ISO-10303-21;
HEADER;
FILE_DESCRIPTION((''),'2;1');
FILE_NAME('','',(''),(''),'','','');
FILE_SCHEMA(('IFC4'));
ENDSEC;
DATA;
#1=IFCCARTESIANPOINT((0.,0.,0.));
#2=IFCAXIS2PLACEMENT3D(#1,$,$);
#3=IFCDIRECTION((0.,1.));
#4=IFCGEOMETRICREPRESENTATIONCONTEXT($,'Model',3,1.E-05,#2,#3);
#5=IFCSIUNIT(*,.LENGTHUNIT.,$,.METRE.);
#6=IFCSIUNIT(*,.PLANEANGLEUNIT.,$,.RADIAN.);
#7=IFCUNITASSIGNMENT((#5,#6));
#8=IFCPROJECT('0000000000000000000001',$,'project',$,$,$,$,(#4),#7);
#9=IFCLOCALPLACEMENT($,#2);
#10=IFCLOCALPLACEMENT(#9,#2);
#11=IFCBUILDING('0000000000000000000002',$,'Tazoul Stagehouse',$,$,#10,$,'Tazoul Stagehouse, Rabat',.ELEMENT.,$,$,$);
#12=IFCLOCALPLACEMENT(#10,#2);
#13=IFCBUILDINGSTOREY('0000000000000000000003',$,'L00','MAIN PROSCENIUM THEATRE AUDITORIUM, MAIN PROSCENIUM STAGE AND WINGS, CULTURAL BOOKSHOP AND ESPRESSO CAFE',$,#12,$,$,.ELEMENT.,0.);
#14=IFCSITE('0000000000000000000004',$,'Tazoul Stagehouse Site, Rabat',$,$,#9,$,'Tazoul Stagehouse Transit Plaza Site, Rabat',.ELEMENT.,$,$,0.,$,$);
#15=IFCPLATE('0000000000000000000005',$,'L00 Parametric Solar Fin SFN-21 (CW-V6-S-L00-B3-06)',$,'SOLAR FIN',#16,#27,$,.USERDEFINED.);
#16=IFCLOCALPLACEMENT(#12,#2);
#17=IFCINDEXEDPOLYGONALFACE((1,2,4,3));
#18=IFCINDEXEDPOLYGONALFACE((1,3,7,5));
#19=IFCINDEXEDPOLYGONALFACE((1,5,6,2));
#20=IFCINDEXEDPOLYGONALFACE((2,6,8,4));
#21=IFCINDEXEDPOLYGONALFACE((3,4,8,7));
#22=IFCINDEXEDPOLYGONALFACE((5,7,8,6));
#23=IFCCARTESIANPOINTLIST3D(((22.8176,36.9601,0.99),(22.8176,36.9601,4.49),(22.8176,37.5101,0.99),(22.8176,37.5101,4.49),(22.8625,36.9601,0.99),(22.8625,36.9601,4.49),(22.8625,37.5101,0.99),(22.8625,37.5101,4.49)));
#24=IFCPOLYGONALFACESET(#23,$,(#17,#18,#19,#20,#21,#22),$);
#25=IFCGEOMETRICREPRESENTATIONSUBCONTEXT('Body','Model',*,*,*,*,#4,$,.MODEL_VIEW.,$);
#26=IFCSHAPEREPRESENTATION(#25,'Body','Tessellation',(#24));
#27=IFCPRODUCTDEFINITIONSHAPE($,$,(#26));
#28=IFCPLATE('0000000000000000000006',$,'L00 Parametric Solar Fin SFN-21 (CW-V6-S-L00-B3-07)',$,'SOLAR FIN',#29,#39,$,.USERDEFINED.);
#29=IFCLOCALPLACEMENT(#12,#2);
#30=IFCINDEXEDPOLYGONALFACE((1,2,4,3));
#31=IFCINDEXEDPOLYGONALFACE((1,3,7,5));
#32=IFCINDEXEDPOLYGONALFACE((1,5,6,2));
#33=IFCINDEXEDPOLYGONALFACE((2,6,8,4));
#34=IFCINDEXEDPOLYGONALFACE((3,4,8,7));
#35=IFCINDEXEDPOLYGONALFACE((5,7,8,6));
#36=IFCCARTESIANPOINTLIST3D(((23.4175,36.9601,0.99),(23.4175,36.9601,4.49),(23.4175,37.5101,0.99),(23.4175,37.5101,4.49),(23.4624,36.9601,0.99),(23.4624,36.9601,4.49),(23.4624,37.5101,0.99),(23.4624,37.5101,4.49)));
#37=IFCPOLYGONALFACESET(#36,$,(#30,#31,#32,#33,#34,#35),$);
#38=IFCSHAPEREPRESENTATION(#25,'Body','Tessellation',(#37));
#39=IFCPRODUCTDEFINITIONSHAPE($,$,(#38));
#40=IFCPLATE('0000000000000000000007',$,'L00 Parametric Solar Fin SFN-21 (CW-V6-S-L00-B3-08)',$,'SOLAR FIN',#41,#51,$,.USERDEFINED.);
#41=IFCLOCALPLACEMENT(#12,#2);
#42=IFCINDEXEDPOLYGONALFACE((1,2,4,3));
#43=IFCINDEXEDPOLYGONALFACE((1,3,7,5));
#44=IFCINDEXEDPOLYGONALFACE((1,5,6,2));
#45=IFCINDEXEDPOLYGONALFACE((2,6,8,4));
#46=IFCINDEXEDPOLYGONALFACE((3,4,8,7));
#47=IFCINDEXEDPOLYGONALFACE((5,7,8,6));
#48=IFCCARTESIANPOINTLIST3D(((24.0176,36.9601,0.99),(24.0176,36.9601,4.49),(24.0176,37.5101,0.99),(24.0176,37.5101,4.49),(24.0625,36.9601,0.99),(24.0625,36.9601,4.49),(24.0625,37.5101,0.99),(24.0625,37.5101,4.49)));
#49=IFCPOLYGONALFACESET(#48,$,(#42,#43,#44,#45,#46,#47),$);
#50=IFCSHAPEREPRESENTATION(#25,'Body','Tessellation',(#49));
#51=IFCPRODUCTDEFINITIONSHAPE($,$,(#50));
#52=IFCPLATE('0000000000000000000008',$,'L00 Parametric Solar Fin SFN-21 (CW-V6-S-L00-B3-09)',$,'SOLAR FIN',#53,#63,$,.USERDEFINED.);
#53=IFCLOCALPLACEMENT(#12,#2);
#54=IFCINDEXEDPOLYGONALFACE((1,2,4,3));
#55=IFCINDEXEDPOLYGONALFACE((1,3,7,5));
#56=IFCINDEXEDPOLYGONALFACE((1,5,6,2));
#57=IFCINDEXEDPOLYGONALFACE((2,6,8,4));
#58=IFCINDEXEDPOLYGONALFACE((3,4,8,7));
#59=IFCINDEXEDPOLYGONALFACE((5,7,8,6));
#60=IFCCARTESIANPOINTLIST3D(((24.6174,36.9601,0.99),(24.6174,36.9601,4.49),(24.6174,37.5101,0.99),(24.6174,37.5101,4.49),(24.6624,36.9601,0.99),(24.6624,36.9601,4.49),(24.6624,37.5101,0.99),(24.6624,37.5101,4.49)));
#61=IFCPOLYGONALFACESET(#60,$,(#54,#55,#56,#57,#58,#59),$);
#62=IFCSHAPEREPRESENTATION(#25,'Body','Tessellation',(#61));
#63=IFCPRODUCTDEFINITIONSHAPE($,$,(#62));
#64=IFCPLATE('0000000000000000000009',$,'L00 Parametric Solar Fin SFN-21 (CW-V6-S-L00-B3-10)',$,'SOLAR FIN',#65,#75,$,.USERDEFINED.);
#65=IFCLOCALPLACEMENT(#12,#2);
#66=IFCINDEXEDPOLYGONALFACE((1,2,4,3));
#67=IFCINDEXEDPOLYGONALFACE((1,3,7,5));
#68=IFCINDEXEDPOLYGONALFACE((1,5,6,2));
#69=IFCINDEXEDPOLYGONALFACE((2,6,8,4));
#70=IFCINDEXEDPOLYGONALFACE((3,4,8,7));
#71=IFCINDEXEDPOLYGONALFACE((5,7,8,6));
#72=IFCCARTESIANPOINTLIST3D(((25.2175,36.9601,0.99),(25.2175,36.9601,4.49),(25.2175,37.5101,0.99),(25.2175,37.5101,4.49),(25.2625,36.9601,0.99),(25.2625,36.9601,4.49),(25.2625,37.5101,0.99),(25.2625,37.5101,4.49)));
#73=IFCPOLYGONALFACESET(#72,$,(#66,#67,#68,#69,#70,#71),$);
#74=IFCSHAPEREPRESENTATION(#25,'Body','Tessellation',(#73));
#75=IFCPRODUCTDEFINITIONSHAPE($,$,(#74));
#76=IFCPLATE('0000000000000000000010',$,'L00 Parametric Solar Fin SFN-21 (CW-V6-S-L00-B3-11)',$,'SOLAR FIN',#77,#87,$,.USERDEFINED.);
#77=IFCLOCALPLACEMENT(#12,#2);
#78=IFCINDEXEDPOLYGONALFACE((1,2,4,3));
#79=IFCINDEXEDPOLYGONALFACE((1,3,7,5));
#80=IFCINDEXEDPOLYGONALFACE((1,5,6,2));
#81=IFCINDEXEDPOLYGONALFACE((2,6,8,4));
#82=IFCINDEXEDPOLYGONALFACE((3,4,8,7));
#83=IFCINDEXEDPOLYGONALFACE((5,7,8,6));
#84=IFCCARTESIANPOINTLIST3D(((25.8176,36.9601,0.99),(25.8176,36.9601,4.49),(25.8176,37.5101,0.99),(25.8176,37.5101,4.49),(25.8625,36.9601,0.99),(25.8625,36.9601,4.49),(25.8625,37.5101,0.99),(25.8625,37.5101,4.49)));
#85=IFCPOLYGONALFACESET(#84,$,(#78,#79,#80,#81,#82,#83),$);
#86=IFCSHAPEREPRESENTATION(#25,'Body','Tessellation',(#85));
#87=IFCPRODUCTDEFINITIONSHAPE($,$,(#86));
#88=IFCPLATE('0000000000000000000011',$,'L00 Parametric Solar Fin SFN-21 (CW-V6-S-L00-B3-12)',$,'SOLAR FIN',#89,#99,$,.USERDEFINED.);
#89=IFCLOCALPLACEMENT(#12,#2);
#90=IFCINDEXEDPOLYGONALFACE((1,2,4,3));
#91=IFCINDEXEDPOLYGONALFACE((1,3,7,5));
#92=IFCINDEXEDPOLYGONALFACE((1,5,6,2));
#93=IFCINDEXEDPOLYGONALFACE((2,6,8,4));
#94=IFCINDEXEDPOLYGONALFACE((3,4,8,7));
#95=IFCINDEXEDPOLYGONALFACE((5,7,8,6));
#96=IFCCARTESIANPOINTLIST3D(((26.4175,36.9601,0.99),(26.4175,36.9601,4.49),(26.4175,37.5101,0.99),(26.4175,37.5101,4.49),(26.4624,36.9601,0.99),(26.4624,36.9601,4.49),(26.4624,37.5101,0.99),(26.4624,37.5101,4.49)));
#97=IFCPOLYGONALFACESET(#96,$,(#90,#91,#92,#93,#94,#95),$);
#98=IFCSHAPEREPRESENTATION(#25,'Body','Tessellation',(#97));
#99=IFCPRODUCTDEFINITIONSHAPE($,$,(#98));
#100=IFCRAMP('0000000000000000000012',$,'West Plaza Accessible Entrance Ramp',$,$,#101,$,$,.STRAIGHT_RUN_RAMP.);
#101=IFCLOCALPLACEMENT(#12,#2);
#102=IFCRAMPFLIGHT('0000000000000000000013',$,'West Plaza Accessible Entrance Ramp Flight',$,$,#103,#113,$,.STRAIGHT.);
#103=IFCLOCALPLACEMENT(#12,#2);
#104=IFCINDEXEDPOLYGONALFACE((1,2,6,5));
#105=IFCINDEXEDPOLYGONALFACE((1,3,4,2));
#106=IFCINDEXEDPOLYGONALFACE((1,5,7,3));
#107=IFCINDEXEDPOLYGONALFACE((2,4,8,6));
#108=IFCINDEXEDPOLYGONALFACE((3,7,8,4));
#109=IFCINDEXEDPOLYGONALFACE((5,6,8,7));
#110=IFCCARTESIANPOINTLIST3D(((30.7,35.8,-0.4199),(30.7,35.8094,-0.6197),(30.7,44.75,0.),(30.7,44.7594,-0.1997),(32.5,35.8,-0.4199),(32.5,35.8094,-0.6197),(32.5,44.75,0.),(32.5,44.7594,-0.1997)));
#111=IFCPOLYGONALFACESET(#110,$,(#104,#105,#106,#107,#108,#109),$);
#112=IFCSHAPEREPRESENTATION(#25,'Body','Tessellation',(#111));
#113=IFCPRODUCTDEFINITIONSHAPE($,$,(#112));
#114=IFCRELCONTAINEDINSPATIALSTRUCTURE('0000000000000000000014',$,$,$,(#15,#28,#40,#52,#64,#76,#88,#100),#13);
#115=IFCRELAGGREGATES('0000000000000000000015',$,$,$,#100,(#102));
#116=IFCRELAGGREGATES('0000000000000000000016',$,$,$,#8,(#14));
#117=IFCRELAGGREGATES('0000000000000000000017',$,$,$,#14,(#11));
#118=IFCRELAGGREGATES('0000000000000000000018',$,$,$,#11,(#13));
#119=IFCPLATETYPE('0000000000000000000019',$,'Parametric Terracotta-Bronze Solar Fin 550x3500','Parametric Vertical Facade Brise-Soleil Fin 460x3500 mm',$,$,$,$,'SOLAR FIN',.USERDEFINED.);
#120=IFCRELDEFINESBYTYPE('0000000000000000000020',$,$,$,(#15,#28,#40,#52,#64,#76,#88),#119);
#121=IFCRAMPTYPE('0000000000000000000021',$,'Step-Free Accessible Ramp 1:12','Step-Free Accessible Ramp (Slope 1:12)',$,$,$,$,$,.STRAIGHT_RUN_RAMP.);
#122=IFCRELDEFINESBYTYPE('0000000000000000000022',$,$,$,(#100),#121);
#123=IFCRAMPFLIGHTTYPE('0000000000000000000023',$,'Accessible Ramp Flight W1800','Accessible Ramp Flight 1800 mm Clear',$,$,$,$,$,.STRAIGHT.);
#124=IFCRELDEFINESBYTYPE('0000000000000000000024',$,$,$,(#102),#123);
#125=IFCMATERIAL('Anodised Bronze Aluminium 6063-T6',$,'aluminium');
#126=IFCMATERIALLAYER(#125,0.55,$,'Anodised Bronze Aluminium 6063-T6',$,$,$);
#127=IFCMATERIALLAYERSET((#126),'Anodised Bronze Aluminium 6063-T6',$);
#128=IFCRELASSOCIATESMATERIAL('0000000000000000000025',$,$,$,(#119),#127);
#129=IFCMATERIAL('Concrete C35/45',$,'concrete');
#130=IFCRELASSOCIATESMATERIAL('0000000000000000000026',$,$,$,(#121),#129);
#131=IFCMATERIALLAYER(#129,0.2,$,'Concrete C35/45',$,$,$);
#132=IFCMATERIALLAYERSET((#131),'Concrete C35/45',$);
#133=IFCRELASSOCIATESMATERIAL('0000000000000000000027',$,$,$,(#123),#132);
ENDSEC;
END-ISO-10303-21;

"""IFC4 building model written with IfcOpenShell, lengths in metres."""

from ifc_helpers import new_model, si_unit, direction, frame, origin, origin_2d, place, context, subcontext, project, spatial, polyline, rectangle, outline, extrude, material, layer, layer_set, type_object, element, aggregate, save


model = new_model("IFC4")

# Units and contexts
model_context = context("Model", 3, precision=1e-05, world=origin(), true_north=direction((0.0, 1.0)))
body_context = subcontext(model_context, "Body", "Model", "MODEL_VIEW")
ifc_project = project(units=[si_unit("LENGTHUNIT", "METRE"), si_unit("PLANEANGLEUNIT", "RADIAN")], contexts=[model_context])

# Site, building, storey
site_placement = place(None, origin())
site = spatial("IfcSite", under=ifc_project, at=site_placement, Name="Tazoul Stagehouse Site, Rabat", LongName="Tazoul Stagehouse Transit Plaza Site, Rabat", CompositionType="ELEMENT", RefElevation=0.0)
building_placement = place(site_placement, origin())
building = spatial("IfcBuilding", under=site, at=building_placement, Name="Tazoul Stagehouse", LongName="Tazoul Stagehouse, Rabat", CompositionType="ELEMENT")
storey_placement = place(building_placement, origin())
storey = spatial("IfcBuildingStorey", under=building, at=storey_placement, Name="L00", Description="MAIN PROSCENIUM THEATRE AUDITORIUM, MAIN PROSCENIUM STAGE AND WINGS, CULTURAL BOOKSHOP AND ESPRESSO CAFE", CompositionType="ELEMENT", Elevation=0.0)

# Plates
ifc_material_1 = material(Name="Anodised Bronze Aluminium 6063-T6", Category="aluminium")
ifc_layer_1 = layer(ifc_material_1, 0.55, Name="Anodised Bronze Aluminium 6063-T6")
ifc_layer_set_1 = layer_set([ifc_layer_1], Name="Anodised Bronze Aluminium 6063-T6")
plate_type = type_object("IfcPlateType", Name="Parametric Terracotta-Bronze Solar Fin 550x3500", Description="Parametric Vertical Facade Brise-Soleil Fin 460x3500 mm", ElementType="SOLAR FIN", PredefinedType="USERDEFINED", material=ifc_layer_set_1)
for number, where, z_axis, x_axis, name in (
    (1, (22.8401, 37.2351, 0.99), (0.0, 0.0, 1.0), (1.0, 0.0, 0.0), "L00 Parametric Solar Fin SFN-21 (CW-V6-S-L00-B3-06)"),
    (2, (23.4399, 37.2351, 0.99), (0.0, 0.0, 1.0), (1.0, 0.0, 0.0), "L00 Parametric Solar Fin SFN-21 (CW-V6-S-L00-B3-07)"),
    (3, (24.04, 37.2351, 0.99), (0.0, 0.0, 1.0), (1.0, 0.0, 0.0), "L00 Parametric Solar Fin SFN-21 (CW-V6-S-L00-B3-08)"),
    (4, (24.6399, 37.2351, 0.99), (0.0, 0.0, 1.0), (1.0, 0.0, 0.0), "L00 Parametric Solar Fin SFN-21 (CW-V6-S-L00-B3-09)"),
    (5, (25.24, 37.2351, 0.99), (0.0, 0.0, 1.0), (1.0, 0.0, 0.0), "L00 Parametric Solar Fin SFN-21 (CW-V6-S-L00-B3-10)"),
    (6, (25.8401, 37.2351, 0.99), (0.0, 0.0, 1.0), (1.0, 0.0, 0.0), "L00 Parametric Solar Fin SFN-21 (CW-V6-S-L00-B3-11)"),
    (7, (26.4399, 37.2351, 0.99), (0.0, 0.0, 1.0), (1.0, 0.0, 0.0), "L00 Parametric Solar Fin SFN-21 (CW-V6-S-L00-B3-12)"),
):
    element("IfcPlate", number, at=place(storey_placement, frame(where, z_axis=z_axis, x_axis=x_axis)), inside=storey, type_object=plate_type, Name=name, ObjectType="SOLAR FIN", PredefinedType="USERDEFINED", context=body_context, shape_type="SweptSolid", body=[
        extrude(rectangle(XDim=0.0449, YDim=0.55, at=origin_2d()), origin(), (0.0, 0.0, 1.0), 3.5),
    ])

# Ramp, ramp flight
ifc_material_2 = material(Name="Concrete C35/45", Category="concrete")
ramp_type = type_object("IfcRampType", Name="Step-Free Accessible Ramp 1:12", Description="Step-Free Accessible Ramp (Slope 1:12)", PredefinedType="STRAIGHT_RUN_RAMP", material=ifc_material_2)
ramp_placement = place(storey_placement, origin())
ramp = element("IfcRamp", 8, at=ramp_placement, inside=storey, type_object=ramp_type, Name="West Plaza Accessible Entrance Ramp", PredefinedType="STRAIGHT_RUN_RAMP")
ifc_layer_2 = layer(ifc_material_2, 0.2, Name="Concrete C35/45")
ifc_layer_set_2 = layer_set([ifc_layer_2], Name="Concrete C35/45")
ramp_flight_type = type_object("IfcRampFlightType", Name="Accessible Ramp Flight W1800", Description="Accessible Ramp Flight 1800 mm Clear", PredefinedType="STRAIGHT", material=ifc_layer_set_2)
ramp_flight_placement = place(storey_placement, frame((32.5, 35.8, -0.4199), z_axis=(0.0, -0.046867, 0.998901), x_axis=(-1.0, 0.0, 0.0)))
ramp_flight = element("IfcRampFlight", 9, at=ramp_flight_placement, type_object=ramp_flight_type, Name="West Plaza Accessible Entrance Ramp Flight", PredefinedType="STRAIGHT", context=body_context, shape_type="SweptSolid", body=[
    extrude(outline(polyline([(0.0, 0.0), (1.8, 0.0), (1.8, -8.9598), (0.0, -8.9598), (0.0, 0.0)])), origin(), (0.0, 0.0, -1.0), 0.2),
])
aggregate(ramp, [ramp_flight])

save(model, "model.ifc")
